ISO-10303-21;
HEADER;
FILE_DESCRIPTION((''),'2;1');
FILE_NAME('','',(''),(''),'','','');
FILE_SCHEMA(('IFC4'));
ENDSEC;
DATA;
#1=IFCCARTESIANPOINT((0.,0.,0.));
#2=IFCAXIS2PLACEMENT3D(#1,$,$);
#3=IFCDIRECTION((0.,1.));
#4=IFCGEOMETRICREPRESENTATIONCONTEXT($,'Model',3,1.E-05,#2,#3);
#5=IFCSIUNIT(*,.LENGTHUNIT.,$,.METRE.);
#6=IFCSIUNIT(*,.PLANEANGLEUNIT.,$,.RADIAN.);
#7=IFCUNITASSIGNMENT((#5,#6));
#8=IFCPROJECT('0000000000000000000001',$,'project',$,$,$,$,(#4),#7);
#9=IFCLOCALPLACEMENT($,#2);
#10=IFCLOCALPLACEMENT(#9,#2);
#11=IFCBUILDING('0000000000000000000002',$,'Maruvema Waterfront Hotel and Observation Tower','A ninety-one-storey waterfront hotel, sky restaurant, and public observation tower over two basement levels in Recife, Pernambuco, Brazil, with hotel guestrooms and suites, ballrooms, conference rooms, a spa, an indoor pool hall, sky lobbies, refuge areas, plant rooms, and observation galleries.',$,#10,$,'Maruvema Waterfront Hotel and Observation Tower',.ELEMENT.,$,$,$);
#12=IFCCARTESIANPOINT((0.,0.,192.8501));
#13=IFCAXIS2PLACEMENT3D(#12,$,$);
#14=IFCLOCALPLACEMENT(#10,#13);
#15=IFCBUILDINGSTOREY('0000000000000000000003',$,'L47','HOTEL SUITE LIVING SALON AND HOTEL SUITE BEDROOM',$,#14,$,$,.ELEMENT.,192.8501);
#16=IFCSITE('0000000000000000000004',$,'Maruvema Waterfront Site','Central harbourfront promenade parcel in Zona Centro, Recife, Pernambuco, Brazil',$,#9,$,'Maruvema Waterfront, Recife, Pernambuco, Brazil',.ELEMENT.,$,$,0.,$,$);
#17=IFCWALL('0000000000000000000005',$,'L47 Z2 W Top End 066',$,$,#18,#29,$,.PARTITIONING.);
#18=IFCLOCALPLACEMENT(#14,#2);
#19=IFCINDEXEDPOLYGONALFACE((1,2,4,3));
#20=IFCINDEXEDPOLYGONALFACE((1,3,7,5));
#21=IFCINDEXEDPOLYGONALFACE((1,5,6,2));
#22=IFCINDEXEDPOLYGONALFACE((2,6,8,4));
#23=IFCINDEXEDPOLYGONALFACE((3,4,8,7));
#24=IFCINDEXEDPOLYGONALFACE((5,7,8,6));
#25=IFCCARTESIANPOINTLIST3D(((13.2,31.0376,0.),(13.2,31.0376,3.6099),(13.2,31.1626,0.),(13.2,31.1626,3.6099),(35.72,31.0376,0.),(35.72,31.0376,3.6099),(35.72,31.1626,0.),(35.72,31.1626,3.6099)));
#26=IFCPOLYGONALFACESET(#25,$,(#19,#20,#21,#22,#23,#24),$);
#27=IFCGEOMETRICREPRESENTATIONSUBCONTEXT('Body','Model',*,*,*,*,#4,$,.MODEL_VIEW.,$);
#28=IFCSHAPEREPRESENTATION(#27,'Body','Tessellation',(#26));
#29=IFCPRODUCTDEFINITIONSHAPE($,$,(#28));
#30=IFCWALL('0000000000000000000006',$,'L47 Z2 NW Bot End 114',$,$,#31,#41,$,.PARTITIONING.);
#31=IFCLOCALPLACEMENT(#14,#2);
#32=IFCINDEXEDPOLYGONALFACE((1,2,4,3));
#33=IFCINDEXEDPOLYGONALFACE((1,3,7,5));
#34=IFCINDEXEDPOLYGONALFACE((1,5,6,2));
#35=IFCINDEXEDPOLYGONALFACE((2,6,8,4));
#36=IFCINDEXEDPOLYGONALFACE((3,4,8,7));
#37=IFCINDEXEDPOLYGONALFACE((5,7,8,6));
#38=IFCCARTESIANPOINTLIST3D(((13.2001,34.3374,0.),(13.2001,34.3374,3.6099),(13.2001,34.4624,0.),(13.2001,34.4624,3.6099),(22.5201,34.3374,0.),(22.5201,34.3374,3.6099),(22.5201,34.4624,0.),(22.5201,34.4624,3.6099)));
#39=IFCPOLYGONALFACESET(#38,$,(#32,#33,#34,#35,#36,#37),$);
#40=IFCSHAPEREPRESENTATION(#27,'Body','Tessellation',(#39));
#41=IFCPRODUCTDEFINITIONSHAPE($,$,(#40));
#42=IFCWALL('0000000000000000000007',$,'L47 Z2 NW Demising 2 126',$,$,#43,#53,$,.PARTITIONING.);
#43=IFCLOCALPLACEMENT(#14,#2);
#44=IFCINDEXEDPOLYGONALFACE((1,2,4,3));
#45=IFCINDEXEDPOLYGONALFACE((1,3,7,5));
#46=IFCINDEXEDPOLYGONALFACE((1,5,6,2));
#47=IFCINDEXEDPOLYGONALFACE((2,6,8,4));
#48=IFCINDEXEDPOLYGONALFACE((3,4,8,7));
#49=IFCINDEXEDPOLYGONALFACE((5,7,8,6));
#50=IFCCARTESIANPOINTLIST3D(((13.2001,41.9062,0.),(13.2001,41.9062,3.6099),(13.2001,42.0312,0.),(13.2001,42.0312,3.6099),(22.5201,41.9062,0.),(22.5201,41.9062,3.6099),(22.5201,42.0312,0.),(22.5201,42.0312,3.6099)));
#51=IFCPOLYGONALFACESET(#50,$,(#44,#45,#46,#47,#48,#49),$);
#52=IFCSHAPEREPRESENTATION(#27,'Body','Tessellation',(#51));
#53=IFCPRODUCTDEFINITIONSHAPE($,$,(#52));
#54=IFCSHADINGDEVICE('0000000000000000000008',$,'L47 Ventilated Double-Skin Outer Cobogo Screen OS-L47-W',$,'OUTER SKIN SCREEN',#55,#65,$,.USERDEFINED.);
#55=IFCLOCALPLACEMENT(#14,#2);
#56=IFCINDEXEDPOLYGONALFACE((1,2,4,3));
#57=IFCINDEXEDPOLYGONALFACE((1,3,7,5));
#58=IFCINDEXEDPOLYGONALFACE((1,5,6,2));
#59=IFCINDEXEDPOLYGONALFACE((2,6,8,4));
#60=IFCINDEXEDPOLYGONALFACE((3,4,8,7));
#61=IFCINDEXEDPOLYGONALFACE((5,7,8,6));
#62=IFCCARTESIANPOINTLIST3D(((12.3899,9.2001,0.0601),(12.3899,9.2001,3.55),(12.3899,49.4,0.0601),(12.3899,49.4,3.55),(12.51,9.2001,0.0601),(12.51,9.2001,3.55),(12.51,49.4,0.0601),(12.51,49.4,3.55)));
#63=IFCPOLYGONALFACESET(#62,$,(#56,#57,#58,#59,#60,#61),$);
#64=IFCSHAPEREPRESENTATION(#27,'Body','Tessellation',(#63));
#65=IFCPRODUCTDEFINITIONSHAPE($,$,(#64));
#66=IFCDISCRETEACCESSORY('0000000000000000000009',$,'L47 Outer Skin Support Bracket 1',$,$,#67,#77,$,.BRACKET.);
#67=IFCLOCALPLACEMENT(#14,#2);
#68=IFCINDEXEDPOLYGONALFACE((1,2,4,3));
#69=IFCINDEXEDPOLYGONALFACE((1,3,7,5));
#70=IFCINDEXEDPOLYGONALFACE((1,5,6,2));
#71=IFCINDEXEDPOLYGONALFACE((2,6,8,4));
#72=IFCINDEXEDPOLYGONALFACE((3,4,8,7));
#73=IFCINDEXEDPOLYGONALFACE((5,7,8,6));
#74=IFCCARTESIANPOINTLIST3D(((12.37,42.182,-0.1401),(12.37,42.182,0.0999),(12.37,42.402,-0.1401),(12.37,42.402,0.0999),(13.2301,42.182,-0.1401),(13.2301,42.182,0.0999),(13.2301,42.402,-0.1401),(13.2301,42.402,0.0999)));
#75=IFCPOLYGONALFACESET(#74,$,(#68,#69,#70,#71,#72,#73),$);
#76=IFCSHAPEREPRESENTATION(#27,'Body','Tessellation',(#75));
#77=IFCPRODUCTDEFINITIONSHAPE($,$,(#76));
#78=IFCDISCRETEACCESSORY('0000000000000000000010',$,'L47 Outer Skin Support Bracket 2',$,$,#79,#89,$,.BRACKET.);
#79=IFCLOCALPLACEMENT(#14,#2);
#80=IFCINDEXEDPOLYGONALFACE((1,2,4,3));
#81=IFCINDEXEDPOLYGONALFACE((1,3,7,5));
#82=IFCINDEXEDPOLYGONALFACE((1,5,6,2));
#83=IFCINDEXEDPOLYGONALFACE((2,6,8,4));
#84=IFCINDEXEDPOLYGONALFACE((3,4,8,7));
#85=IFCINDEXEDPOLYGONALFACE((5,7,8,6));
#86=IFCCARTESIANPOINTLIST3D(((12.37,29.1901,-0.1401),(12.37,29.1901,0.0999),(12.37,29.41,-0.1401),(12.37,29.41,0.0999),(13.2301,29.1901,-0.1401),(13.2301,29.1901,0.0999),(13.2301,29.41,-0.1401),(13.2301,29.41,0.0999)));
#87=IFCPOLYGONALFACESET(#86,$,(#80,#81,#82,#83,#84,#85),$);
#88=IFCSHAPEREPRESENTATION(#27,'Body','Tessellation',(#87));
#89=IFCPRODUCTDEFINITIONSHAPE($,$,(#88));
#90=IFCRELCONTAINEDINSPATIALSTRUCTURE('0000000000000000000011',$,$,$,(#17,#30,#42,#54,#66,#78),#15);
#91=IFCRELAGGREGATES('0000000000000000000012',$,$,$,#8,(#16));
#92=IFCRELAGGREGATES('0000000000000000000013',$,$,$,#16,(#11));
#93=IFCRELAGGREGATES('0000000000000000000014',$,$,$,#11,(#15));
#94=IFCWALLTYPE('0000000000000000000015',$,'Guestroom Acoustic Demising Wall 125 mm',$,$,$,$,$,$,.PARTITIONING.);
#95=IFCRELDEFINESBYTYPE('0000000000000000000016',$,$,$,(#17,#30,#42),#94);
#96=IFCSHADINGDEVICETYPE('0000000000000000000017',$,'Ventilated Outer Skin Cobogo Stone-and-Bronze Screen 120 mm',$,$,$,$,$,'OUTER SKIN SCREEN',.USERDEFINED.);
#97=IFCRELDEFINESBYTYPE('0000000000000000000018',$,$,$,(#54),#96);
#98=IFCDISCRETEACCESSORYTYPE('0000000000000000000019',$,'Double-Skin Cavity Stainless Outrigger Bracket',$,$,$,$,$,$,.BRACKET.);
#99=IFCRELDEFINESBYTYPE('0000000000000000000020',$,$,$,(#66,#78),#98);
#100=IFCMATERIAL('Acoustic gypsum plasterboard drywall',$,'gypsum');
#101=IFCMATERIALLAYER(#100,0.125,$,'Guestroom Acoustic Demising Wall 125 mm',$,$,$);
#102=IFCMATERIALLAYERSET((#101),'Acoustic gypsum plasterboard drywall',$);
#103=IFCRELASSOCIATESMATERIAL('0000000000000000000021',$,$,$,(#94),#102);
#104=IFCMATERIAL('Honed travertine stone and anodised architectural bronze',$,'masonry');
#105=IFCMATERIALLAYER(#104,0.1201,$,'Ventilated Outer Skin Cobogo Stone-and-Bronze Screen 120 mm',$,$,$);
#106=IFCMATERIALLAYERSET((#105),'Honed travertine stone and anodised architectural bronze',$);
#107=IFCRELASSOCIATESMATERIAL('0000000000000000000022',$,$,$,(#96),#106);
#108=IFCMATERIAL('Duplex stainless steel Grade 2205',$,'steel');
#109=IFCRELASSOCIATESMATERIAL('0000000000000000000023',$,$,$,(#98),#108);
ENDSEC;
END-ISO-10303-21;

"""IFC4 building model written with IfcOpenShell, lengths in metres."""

from ifc_helpers import new_model, si_unit, direction, frame, frame_2d, origin, origin_2d, place, context, subcontext, project, spatial, rectangle, extrude, material, layer, layer_set, type_object, element, save


model = new_model("IFC4")

# Units and contexts
model_context = context("Model", 3, precision=1e-05, world=origin(), true_north=direction((0.0, 1.0)))
body_context = subcontext(model_context, "Body", "Model", "MODEL_VIEW")
ifc_project = project(units=[si_unit("LENGTHUNIT", "METRE"), si_unit("PLANEANGLEUNIT", "RADIAN")], contexts=[model_context])

# Site, building, storey
site_placement = place(None, origin())
site = spatial("IfcSite", under=ifc_project, at=site_placement, Name="Maruvema Waterfront Site", Description="Central harbourfront promenade parcel in Zona Centro, Recife, Pernambuco, Brazil", LongName="Maruvema Waterfront, Recife, Pernambuco, Brazil", CompositionType="ELEMENT", RefElevation=0.0)
building_placement = place(site_placement, origin())
building = spatial("IfcBuilding", under=site, at=building_placement, Name="Maruvema Waterfront Hotel and Observation Tower", Description="A ninety-one-storey waterfront hotel, sky restaurant, and public observation tower over two basement levels in Recife, Pernambuco, Brazil, with hotel guestrooms and suites, ballrooms, conference rooms, a spa, an indoor pool hall, sky lobbies, refuge areas, plant rooms, and observation galleries.", LongName="Maruvema Waterfront Hotel and Observation Tower", CompositionType="ELEMENT")
storey_placement = place(building_placement, frame((0.0, 0.0, 192.8501)))
storey = spatial("IfcBuildingStorey", under=building, at=storey_placement, Name="L47", Description="HOTEL SUITE LIVING SALON AND HOTEL SUITE BEDROOM", CompositionType="ELEMENT", Elevation=192.8501)

# Walls
ifc_material_1 = material(Name="Acoustic gypsum plasterboard drywall", Category="gypsum")
ifc_layer_1 = layer(ifc_material_1, 0.125, Name="Guestroom Acoustic Demising Wall 125 mm")
ifc_layer_set_1 = layer_set([ifc_layer_1], Name="Acoustic gypsum plasterboard drywall")
wall_type_1 = type_object("IfcWallType", Name="Guestroom Acoustic Demising Wall 125 mm", PredefinedType="PARTITIONING", material=ifc_layer_set_1)
wall_1_placement = place(storey_placement, frame((13.2, 31.1001, 0.0), z_axis=(0.0, 0.0, 1.0), x_axis=(1.0, 0.0, 0.0)))
element("IfcWall", 1, at=wall_1_placement, inside=storey, type_object=wall_type_1, Name="L47 Z2 W Top End 066", PredefinedType="PARTITIONING", context=body_context, shape_type="SweptSolid", body=[
    extrude(rectangle(XDim=22.52, YDim=0.125, at=frame_2d((11.26, 0.0))), origin(), (0.0, 0.0, 1.0), 3.6099),
])
for number, where, z_axis, x_axis, name in (
    (2, (13.2, 34.3999, 0.0), (0.0, 0.0, 1.0), (1.0, 0.0, 0.0), "L47 Z2 NW Bot End 114"),
    (3, (13.2, 41.9688, 0.0), (0.0, 0.0, 1.0), (1.0, 0.0, 0.0), "L47 Z2 NW Demising 2 126"),
):
    element("IfcWall", number, at=place(storey_placement, frame(where, z_axis=z_axis, x_axis=x_axis)), inside=storey, type_object=wall_type_1, Name=name, PredefinedType="PARTITIONING", context=body_context, shape_type="SweptSolid", body=[
        extrude(rectangle(XDim=9.3201, YDim=0.125, at=frame_2d((4.6602, 0.0))), origin(), (0.0, 0.0, 1.0), 3.6099),
    ])

# Shading device
ifc_material_2 = material(Name="Honed travertine stone and anodised architectural bronze", Category="masonry")
ifc_layer_2 = layer(ifc_material_2, 0.1201, Name="Ventilated Outer Skin Cobogo Stone-and-Bronze Screen 120 mm")
ifc_layer_set_2 = layer_set([ifc_layer_2], Name="Honed travertine stone and anodised architectural bronze")
shading_device_type = type_object("IfcShadingDeviceType", Name="Ventilated Outer Skin Cobogo Stone-and-Bronze Screen 120 mm", ElementType="OUTER SKIN SCREEN", PredefinedType="USERDEFINED", material=ifc_layer_set_2)
shading_device_placement = place(storey_placement, frame((12.45, 29.3, 0.0601), z_axis=(0.0, 0.0, 1.0), x_axis=(0.0, -1.0, 0.0)))
element("IfcShadingDevice", 4, at=shading_device_placement, inside=storey, type_object=shading_device_type, Name="L47 Ventilated Double-Skin Outer Cobogo Screen OS-L47-W", ObjectType="OUTER SKIN SCREEN", PredefinedType="USERDEFINED", context=body_context, shape_type="SweptSolid", body=[
    extrude(rectangle(XDim=40.2, YDim=0.1201, at=origin_2d()), origin(), (0.0, 0.0, 1.0), 3.49),
])

# Discrete accessories
ifc_material_3 = material(Name="Duplex stainless steel Grade 2205", Category="steel")
discrete_accessory_type = type_object("IfcDiscreteAccessoryType", Name="Double-Skin Cavity Stainless Outrigger Bracket", PredefinedType="BRACKET", material=ifc_material_3)
for number, where, z_axis, x_axis, name in (
    (5, (12.8, 42.292, -0.1401), (0.0, 0.0, 1.0), (0.0, -1.0, 0.0), "L47 Outer Skin Support Bracket 1"),
    (6, (12.8, 29.3, -0.1401), (0.0, 0.0, 1.0), (0.0, -1.0, 0.0), "L47 Outer Skin Support Bracket 2"),
):
    element("IfcDiscreteAccessory", number, at=place(storey_placement, frame(where, z_axis=z_axis, x_axis=x_axis)), inside=storey, type_object=discrete_accessory_type, Name=name, PredefinedType="BRACKET", context=body_context, shape_type="SweptSolid", body=[
        extrude(rectangle(XDim=0.22, YDim=0.8601, at=origin_2d()), origin(), (0.0, 0.0, 1.0), 0.24),
    ])

save(model, "model.ifc")
